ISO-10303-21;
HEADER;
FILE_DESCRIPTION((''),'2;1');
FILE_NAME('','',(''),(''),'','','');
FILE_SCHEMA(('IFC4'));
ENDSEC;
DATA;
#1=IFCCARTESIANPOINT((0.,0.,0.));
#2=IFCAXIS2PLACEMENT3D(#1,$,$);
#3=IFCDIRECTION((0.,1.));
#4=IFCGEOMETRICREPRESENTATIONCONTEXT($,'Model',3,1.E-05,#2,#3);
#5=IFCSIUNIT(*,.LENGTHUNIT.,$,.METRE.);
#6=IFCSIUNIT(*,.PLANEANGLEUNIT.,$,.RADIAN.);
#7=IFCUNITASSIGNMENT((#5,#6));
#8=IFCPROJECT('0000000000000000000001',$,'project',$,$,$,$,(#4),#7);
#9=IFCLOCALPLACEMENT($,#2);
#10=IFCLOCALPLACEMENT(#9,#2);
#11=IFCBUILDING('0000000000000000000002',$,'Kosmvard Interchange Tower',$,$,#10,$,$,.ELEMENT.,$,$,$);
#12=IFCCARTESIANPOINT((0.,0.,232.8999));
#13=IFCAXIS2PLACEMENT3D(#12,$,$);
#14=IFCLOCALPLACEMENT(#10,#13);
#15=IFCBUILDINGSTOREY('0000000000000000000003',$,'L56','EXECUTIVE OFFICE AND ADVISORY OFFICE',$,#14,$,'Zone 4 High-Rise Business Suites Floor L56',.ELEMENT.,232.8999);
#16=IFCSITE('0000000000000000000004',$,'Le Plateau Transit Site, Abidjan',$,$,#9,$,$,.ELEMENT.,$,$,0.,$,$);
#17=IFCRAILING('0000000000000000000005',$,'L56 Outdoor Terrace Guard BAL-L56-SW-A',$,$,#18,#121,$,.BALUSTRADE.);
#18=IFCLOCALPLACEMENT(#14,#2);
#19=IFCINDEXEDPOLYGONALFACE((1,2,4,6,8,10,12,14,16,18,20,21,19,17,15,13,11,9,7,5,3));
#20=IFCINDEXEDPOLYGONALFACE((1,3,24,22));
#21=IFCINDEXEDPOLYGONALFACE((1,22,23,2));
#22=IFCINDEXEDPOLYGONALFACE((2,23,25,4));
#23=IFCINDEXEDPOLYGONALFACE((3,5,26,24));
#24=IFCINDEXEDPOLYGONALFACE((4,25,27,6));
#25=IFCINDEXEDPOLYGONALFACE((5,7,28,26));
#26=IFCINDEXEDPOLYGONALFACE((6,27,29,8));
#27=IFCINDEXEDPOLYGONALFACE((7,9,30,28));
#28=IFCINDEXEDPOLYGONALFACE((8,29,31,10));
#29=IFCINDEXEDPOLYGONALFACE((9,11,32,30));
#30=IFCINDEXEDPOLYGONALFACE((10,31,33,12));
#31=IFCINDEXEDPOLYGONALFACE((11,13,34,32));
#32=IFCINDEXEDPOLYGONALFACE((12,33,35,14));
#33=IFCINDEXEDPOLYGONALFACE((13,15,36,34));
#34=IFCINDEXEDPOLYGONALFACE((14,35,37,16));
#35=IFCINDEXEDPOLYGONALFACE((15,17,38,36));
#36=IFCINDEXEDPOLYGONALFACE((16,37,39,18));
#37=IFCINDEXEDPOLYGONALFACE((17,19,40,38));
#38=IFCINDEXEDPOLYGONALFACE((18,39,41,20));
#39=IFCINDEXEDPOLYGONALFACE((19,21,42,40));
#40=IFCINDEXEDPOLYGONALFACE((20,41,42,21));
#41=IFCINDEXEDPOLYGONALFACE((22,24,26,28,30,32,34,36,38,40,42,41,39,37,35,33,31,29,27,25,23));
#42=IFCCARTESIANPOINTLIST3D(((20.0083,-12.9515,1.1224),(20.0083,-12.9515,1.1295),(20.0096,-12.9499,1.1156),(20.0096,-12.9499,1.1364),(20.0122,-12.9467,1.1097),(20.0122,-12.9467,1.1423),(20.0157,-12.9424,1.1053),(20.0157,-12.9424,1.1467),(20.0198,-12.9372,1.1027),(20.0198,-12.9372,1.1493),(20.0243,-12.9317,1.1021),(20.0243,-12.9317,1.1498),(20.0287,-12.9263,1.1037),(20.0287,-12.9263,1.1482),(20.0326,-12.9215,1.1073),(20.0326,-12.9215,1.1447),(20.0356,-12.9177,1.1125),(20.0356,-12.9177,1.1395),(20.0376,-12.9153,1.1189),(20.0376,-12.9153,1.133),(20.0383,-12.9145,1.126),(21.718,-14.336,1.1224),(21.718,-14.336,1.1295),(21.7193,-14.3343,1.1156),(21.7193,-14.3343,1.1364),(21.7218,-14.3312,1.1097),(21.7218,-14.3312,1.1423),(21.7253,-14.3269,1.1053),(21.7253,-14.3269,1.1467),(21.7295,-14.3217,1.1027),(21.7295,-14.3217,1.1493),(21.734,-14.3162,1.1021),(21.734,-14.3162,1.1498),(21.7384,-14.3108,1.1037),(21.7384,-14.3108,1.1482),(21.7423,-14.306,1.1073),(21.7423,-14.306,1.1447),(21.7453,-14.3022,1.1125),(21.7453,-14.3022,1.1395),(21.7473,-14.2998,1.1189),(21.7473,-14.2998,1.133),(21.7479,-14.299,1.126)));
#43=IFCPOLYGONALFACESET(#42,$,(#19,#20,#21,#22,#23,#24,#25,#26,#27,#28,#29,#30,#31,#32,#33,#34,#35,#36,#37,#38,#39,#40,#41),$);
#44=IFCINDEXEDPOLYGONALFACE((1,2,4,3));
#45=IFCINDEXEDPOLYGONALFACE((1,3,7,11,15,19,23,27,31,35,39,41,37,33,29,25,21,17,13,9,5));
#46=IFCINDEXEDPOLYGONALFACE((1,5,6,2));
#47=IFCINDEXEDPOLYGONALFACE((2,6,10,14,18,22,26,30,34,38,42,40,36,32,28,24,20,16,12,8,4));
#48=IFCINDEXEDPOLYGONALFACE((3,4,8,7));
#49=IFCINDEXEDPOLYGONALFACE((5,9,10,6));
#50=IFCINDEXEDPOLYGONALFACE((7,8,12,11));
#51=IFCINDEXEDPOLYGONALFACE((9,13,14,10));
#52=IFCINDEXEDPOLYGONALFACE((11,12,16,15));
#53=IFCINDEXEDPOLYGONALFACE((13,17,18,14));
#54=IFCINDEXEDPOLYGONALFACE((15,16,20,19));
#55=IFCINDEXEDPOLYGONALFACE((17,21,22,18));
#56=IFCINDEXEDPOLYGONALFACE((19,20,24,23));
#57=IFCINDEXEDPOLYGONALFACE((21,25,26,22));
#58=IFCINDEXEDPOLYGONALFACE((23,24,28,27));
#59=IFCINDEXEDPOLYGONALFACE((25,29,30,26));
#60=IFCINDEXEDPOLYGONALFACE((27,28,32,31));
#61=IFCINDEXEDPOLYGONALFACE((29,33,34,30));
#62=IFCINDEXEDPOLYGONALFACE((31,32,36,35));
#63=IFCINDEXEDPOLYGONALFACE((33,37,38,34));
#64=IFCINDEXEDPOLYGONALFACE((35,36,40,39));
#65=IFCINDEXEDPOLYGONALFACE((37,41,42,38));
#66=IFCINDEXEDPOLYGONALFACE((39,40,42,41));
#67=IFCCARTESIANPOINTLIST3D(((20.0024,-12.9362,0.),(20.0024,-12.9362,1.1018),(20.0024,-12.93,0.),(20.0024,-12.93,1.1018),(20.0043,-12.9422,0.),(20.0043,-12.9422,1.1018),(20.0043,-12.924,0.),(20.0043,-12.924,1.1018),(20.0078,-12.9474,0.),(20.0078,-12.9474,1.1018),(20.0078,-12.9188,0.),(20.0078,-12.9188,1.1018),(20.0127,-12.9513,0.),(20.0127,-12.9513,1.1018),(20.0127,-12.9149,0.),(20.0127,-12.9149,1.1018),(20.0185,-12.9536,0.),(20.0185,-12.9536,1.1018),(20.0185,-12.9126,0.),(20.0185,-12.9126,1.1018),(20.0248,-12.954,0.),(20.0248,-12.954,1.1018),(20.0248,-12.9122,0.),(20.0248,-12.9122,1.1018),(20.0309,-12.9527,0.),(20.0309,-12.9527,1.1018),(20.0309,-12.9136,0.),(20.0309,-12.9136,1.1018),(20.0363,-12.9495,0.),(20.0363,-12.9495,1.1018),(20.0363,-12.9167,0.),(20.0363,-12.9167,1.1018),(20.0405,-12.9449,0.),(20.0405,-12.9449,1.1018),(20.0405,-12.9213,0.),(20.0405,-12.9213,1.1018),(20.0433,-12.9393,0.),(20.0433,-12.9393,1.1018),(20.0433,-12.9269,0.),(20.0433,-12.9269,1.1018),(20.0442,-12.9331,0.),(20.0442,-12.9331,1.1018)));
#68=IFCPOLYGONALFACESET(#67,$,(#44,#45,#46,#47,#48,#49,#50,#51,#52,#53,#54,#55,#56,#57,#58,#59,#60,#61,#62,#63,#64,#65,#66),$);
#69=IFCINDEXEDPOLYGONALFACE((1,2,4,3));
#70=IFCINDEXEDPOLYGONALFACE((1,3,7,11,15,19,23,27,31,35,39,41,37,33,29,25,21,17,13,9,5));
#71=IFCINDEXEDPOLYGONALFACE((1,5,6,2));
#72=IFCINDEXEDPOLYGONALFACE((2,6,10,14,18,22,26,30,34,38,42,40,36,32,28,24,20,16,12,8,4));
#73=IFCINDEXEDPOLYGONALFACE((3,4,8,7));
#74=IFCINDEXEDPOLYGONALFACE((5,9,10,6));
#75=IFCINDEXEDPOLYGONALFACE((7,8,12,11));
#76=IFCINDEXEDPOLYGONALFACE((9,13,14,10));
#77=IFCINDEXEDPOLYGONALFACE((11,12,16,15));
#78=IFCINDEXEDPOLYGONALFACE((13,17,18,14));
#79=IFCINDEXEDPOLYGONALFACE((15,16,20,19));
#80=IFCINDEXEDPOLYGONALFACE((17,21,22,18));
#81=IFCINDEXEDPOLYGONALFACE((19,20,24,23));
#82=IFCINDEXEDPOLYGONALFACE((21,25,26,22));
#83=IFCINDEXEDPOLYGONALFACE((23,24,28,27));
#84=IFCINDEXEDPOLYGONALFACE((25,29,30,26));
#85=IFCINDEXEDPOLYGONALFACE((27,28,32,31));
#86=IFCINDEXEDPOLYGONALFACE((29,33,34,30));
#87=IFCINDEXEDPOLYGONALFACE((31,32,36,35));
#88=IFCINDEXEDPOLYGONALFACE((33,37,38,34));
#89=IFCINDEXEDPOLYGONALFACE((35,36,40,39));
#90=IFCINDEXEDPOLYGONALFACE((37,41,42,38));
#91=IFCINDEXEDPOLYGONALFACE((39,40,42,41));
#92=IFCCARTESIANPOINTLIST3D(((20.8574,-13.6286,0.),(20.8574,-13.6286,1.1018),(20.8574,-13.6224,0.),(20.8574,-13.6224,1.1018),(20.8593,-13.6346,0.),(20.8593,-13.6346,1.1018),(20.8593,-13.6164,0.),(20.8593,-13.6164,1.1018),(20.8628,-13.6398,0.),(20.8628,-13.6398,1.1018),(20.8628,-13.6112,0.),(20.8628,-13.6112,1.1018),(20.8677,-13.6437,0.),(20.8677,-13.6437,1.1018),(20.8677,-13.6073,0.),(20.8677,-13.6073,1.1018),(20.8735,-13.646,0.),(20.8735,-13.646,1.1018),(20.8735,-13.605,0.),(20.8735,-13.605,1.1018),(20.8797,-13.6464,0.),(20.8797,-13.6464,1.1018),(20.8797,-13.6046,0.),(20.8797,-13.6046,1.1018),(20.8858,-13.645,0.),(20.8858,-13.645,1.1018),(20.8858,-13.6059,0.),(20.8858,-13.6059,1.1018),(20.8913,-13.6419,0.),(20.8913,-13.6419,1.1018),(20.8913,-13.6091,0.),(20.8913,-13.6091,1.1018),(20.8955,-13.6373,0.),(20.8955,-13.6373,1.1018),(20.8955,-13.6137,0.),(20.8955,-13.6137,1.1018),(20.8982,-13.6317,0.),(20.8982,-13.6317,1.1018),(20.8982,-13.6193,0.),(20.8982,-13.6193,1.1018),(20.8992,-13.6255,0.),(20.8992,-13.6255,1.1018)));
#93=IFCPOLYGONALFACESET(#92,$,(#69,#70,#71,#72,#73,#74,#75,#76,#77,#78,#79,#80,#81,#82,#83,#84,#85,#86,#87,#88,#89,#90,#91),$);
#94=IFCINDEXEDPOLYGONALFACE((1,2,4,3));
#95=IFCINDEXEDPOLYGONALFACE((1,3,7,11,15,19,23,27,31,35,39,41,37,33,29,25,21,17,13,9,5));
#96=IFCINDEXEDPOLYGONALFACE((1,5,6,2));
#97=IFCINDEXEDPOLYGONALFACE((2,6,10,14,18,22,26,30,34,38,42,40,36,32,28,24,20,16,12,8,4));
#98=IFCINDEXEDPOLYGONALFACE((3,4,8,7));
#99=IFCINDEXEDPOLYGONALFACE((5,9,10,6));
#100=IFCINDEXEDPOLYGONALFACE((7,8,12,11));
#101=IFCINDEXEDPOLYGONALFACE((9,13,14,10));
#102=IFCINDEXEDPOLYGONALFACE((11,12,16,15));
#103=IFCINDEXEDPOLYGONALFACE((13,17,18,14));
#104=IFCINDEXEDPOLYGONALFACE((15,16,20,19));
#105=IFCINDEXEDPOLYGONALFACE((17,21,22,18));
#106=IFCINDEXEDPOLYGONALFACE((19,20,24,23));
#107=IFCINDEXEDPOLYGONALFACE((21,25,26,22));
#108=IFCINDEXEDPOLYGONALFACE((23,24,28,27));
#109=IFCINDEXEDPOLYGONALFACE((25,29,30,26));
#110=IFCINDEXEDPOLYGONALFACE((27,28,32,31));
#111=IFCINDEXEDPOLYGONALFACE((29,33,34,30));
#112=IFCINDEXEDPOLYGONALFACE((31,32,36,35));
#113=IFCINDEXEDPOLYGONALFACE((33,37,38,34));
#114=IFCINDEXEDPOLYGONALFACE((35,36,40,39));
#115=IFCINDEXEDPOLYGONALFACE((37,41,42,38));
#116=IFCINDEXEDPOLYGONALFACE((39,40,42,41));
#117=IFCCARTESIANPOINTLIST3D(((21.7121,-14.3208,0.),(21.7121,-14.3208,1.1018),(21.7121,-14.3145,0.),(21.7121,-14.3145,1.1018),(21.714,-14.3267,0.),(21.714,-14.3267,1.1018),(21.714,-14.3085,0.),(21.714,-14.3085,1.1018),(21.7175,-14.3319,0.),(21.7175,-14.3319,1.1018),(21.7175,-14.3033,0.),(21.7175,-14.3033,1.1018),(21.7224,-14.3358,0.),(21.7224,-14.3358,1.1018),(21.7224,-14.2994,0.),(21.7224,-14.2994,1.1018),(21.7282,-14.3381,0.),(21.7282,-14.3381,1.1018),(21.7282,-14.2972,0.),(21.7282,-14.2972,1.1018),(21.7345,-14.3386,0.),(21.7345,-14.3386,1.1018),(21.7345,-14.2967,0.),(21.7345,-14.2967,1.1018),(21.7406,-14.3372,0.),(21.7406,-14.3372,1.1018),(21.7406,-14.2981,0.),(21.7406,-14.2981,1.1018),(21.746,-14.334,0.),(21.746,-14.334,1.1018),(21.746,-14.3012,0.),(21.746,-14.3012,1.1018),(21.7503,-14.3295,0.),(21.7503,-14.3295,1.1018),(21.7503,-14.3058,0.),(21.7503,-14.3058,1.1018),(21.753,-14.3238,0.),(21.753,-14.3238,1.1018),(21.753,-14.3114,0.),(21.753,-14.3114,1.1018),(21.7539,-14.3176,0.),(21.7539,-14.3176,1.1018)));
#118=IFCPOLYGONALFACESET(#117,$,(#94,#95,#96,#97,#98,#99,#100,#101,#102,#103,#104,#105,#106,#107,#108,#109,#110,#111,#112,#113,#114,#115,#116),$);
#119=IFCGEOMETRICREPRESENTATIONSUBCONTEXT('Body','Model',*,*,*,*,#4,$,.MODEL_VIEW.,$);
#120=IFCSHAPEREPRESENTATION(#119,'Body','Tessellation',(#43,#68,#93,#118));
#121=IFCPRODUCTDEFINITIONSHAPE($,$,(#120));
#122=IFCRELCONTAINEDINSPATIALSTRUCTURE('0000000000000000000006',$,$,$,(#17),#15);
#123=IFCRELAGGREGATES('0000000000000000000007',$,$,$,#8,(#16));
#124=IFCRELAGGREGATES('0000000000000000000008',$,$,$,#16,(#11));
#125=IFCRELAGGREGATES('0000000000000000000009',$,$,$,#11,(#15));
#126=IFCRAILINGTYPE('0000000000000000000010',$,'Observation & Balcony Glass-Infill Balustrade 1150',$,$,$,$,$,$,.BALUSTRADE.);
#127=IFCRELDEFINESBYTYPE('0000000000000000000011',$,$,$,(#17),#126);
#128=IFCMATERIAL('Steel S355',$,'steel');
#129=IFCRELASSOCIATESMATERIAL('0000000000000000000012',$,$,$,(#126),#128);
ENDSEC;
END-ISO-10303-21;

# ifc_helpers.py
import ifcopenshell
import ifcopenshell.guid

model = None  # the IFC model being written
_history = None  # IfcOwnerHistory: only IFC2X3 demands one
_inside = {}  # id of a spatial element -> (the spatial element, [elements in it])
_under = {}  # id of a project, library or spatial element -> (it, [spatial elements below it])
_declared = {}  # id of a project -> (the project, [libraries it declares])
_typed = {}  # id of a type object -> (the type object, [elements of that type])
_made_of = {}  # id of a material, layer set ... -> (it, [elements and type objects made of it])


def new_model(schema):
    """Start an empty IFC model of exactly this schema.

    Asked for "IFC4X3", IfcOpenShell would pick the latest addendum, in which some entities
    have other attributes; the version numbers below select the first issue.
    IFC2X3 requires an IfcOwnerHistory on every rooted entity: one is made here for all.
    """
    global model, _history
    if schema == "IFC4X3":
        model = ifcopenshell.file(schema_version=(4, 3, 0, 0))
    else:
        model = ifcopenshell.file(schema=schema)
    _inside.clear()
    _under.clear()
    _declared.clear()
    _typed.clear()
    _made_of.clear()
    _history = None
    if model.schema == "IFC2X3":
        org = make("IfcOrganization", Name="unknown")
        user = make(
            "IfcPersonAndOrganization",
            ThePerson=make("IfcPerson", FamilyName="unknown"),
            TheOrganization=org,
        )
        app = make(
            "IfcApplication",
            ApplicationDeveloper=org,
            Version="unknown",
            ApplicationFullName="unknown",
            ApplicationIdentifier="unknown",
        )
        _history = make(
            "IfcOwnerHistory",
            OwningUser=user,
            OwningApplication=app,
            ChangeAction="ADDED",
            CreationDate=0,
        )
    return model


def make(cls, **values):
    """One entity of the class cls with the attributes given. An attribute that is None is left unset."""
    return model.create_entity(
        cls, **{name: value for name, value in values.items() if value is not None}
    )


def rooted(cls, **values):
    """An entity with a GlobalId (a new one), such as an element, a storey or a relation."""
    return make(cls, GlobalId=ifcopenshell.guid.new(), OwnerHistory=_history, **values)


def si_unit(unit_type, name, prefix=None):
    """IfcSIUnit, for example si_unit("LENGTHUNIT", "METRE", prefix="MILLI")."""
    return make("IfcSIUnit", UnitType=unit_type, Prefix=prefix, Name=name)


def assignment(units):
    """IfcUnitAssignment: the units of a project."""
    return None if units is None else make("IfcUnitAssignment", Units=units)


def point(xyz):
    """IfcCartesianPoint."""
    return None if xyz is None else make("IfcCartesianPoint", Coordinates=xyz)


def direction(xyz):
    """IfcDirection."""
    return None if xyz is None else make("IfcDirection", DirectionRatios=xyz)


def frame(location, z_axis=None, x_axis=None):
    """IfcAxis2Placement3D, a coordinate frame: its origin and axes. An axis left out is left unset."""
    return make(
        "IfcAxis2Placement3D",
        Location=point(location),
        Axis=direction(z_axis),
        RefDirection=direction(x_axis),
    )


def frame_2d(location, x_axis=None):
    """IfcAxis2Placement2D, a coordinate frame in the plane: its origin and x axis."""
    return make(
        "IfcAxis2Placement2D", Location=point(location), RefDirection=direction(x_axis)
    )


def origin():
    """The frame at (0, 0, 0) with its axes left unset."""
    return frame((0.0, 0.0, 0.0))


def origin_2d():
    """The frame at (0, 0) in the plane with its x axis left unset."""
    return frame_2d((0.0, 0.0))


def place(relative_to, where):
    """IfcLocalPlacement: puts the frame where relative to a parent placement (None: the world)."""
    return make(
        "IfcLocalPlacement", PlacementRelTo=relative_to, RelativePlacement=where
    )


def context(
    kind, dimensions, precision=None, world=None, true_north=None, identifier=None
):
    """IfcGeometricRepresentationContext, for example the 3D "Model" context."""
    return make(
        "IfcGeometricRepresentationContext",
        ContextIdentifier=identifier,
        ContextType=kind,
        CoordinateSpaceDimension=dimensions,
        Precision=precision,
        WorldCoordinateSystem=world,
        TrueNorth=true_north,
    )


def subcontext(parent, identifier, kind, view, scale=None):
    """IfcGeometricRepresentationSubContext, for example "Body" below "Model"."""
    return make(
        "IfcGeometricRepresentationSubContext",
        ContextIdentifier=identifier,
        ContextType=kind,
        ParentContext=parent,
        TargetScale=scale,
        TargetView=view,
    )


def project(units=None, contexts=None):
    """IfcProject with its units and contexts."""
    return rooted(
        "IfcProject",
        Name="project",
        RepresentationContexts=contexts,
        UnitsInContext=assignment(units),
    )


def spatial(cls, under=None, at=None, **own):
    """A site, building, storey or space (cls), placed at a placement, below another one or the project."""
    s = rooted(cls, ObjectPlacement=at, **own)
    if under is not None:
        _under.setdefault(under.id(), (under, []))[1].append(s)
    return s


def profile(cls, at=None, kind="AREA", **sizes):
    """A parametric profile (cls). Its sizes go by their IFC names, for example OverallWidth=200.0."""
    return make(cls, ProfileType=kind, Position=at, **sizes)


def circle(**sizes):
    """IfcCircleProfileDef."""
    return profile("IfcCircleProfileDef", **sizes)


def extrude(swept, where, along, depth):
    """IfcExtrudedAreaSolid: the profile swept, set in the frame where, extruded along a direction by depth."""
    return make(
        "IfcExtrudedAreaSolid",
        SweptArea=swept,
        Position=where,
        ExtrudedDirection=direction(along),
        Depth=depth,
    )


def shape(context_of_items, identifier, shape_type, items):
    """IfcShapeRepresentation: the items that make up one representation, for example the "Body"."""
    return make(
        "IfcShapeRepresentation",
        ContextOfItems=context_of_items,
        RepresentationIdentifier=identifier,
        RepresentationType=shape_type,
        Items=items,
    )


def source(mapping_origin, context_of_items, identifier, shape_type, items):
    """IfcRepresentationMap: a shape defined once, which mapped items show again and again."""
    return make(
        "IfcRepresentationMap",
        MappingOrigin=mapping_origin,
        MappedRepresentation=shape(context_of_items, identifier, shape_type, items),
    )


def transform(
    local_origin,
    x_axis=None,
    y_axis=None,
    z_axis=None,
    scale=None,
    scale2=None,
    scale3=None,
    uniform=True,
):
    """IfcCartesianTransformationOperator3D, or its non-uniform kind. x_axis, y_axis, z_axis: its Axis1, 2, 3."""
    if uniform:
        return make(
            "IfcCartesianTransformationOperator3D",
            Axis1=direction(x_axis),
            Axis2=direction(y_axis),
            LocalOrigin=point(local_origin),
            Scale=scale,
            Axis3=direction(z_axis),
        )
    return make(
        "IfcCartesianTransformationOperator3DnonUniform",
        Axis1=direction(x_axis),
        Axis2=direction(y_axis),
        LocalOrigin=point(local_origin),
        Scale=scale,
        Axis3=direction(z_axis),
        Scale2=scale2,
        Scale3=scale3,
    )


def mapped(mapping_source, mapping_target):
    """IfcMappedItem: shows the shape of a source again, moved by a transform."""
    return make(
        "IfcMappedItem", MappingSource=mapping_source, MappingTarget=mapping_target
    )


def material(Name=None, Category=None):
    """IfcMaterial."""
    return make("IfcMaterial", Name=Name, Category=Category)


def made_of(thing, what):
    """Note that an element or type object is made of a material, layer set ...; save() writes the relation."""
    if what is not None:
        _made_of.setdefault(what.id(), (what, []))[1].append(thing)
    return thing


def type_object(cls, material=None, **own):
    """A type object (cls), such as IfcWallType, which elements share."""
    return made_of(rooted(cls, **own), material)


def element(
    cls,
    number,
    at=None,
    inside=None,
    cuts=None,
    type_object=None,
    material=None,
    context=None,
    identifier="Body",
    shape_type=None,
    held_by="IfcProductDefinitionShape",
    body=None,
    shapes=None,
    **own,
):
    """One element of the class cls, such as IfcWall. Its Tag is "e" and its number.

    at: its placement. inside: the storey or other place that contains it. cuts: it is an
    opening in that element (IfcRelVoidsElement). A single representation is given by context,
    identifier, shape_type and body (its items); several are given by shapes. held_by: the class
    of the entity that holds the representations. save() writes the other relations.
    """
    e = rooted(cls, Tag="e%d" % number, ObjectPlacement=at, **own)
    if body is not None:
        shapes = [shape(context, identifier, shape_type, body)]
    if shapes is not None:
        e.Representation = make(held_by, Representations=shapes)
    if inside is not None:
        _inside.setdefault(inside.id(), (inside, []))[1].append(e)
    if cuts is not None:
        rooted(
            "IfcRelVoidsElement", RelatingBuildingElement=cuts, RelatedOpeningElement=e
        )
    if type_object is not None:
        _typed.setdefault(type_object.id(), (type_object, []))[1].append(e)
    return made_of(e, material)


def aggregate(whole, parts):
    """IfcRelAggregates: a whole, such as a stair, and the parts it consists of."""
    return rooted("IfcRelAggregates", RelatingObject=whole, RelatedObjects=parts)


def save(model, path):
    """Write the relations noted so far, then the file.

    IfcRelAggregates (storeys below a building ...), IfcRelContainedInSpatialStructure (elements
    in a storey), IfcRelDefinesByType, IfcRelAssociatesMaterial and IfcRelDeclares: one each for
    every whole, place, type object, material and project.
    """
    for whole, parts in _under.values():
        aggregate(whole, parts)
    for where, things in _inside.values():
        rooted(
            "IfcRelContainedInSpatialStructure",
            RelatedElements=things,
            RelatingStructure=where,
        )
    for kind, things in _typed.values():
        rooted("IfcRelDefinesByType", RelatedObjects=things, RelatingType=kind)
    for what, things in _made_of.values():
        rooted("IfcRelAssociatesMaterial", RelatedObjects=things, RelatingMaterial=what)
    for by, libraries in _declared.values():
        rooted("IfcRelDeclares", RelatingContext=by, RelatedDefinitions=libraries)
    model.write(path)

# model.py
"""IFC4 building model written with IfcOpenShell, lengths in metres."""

from ifc_helpers import new_model, si_unit, direction, frame, origin, origin_2d, place, context, subcontext, project, spatial, circle, extrude, source, transform, mapped, material, type_object, element, save


model = new_model("IFC4")

# Units and contexts
model_context = context("Model", 3, precision=1e-05, world=origin(), true_north=direction((0.0, 1.0)))
body_context = subcontext(model_context, "Body", "Model", "MODEL_VIEW")
ifc_project = project(units=[si_unit("LENGTHUNIT", "METRE"), si_unit("PLANEANGLEUNIT", "RADIAN")], contexts=[model_context])

# Site, building, storey
site_placement = place(None, origin())
site = spatial("IfcSite", under=ifc_project, at=site_placement, Name="Le Plateau Transit Site, Abidjan", CompositionType="ELEMENT", RefElevation=0.0)
building_placement = place(site_placement, origin())
building = spatial("IfcBuilding", under=site, at=building_placement, Name="Kosmvard Interchange Tower", CompositionType="ELEMENT")
storey_placement = place(building_placement, frame((0.0, 0.0, 232.8999)))
storey = spatial("IfcBuildingStorey", under=building, at=storey_placement, Name="L56", Description="EXECUTIVE OFFICE AND ADVISORY OFFICE", LongName="Zone 4 High-Rise Business Suites Floor L56", CompositionType="ELEMENT", Elevation=232.8999)

# Shared definitions
ifc_material_1 = material(Name="Steel S355", Category="steel")

# Railing
railing_type = type_object("IfcRailingType", Name="Observation & Balcony Glass-Infill Balustrade 1150", PredefinedType="BALUSTRADE", material=ifc_material_1)
shared_shape_1 = source(origin(), body_context, "Body", "SweptSolid", [
    extrude(circle(Radius=0.0239, at=origin_2d()), frame((0.0, 0.0, 1.126), z_axis=(0.777141, -0.629326, 0.0), x_axis=(0.629326, 0.777141, 0.0)), (0.0, 0.0, 1.0), 2.2),
    extrude(circle(Radius=0.021, at=origin_2d()), origin(), (0.0, 0.0, 1.0), 1.1018),
    extrude(circle(Radius=0.021, at=origin_2d()), frame((0.855, -0.6924, 0.0)), (0.0, 0.0, 1.0), 1.1018),
    extrude(circle(Radius=0.021, at=origin_2d()), frame((1.7097, -1.3845, 0.0)), (0.0, 0.0, 1.0), 1.1018),
])
railing_1_placement = place(storey_placement, frame((20.0232, -12.9331, 0.0)))
element("IfcRailing", 1, at=railing_1_placement, inside=storey, type_object=railing_type, Name="L56 Outdoor Terrace Guard BAL-L56-SW-A", PredefinedType="BALUSTRADE", context=body_context, shape_type="MappedRepresentation", body=[
    mapped(shared_shape_1, transform((0.0, 0.0, 0.0), scale=1.0)),
])

save(model, "model.ifc")
